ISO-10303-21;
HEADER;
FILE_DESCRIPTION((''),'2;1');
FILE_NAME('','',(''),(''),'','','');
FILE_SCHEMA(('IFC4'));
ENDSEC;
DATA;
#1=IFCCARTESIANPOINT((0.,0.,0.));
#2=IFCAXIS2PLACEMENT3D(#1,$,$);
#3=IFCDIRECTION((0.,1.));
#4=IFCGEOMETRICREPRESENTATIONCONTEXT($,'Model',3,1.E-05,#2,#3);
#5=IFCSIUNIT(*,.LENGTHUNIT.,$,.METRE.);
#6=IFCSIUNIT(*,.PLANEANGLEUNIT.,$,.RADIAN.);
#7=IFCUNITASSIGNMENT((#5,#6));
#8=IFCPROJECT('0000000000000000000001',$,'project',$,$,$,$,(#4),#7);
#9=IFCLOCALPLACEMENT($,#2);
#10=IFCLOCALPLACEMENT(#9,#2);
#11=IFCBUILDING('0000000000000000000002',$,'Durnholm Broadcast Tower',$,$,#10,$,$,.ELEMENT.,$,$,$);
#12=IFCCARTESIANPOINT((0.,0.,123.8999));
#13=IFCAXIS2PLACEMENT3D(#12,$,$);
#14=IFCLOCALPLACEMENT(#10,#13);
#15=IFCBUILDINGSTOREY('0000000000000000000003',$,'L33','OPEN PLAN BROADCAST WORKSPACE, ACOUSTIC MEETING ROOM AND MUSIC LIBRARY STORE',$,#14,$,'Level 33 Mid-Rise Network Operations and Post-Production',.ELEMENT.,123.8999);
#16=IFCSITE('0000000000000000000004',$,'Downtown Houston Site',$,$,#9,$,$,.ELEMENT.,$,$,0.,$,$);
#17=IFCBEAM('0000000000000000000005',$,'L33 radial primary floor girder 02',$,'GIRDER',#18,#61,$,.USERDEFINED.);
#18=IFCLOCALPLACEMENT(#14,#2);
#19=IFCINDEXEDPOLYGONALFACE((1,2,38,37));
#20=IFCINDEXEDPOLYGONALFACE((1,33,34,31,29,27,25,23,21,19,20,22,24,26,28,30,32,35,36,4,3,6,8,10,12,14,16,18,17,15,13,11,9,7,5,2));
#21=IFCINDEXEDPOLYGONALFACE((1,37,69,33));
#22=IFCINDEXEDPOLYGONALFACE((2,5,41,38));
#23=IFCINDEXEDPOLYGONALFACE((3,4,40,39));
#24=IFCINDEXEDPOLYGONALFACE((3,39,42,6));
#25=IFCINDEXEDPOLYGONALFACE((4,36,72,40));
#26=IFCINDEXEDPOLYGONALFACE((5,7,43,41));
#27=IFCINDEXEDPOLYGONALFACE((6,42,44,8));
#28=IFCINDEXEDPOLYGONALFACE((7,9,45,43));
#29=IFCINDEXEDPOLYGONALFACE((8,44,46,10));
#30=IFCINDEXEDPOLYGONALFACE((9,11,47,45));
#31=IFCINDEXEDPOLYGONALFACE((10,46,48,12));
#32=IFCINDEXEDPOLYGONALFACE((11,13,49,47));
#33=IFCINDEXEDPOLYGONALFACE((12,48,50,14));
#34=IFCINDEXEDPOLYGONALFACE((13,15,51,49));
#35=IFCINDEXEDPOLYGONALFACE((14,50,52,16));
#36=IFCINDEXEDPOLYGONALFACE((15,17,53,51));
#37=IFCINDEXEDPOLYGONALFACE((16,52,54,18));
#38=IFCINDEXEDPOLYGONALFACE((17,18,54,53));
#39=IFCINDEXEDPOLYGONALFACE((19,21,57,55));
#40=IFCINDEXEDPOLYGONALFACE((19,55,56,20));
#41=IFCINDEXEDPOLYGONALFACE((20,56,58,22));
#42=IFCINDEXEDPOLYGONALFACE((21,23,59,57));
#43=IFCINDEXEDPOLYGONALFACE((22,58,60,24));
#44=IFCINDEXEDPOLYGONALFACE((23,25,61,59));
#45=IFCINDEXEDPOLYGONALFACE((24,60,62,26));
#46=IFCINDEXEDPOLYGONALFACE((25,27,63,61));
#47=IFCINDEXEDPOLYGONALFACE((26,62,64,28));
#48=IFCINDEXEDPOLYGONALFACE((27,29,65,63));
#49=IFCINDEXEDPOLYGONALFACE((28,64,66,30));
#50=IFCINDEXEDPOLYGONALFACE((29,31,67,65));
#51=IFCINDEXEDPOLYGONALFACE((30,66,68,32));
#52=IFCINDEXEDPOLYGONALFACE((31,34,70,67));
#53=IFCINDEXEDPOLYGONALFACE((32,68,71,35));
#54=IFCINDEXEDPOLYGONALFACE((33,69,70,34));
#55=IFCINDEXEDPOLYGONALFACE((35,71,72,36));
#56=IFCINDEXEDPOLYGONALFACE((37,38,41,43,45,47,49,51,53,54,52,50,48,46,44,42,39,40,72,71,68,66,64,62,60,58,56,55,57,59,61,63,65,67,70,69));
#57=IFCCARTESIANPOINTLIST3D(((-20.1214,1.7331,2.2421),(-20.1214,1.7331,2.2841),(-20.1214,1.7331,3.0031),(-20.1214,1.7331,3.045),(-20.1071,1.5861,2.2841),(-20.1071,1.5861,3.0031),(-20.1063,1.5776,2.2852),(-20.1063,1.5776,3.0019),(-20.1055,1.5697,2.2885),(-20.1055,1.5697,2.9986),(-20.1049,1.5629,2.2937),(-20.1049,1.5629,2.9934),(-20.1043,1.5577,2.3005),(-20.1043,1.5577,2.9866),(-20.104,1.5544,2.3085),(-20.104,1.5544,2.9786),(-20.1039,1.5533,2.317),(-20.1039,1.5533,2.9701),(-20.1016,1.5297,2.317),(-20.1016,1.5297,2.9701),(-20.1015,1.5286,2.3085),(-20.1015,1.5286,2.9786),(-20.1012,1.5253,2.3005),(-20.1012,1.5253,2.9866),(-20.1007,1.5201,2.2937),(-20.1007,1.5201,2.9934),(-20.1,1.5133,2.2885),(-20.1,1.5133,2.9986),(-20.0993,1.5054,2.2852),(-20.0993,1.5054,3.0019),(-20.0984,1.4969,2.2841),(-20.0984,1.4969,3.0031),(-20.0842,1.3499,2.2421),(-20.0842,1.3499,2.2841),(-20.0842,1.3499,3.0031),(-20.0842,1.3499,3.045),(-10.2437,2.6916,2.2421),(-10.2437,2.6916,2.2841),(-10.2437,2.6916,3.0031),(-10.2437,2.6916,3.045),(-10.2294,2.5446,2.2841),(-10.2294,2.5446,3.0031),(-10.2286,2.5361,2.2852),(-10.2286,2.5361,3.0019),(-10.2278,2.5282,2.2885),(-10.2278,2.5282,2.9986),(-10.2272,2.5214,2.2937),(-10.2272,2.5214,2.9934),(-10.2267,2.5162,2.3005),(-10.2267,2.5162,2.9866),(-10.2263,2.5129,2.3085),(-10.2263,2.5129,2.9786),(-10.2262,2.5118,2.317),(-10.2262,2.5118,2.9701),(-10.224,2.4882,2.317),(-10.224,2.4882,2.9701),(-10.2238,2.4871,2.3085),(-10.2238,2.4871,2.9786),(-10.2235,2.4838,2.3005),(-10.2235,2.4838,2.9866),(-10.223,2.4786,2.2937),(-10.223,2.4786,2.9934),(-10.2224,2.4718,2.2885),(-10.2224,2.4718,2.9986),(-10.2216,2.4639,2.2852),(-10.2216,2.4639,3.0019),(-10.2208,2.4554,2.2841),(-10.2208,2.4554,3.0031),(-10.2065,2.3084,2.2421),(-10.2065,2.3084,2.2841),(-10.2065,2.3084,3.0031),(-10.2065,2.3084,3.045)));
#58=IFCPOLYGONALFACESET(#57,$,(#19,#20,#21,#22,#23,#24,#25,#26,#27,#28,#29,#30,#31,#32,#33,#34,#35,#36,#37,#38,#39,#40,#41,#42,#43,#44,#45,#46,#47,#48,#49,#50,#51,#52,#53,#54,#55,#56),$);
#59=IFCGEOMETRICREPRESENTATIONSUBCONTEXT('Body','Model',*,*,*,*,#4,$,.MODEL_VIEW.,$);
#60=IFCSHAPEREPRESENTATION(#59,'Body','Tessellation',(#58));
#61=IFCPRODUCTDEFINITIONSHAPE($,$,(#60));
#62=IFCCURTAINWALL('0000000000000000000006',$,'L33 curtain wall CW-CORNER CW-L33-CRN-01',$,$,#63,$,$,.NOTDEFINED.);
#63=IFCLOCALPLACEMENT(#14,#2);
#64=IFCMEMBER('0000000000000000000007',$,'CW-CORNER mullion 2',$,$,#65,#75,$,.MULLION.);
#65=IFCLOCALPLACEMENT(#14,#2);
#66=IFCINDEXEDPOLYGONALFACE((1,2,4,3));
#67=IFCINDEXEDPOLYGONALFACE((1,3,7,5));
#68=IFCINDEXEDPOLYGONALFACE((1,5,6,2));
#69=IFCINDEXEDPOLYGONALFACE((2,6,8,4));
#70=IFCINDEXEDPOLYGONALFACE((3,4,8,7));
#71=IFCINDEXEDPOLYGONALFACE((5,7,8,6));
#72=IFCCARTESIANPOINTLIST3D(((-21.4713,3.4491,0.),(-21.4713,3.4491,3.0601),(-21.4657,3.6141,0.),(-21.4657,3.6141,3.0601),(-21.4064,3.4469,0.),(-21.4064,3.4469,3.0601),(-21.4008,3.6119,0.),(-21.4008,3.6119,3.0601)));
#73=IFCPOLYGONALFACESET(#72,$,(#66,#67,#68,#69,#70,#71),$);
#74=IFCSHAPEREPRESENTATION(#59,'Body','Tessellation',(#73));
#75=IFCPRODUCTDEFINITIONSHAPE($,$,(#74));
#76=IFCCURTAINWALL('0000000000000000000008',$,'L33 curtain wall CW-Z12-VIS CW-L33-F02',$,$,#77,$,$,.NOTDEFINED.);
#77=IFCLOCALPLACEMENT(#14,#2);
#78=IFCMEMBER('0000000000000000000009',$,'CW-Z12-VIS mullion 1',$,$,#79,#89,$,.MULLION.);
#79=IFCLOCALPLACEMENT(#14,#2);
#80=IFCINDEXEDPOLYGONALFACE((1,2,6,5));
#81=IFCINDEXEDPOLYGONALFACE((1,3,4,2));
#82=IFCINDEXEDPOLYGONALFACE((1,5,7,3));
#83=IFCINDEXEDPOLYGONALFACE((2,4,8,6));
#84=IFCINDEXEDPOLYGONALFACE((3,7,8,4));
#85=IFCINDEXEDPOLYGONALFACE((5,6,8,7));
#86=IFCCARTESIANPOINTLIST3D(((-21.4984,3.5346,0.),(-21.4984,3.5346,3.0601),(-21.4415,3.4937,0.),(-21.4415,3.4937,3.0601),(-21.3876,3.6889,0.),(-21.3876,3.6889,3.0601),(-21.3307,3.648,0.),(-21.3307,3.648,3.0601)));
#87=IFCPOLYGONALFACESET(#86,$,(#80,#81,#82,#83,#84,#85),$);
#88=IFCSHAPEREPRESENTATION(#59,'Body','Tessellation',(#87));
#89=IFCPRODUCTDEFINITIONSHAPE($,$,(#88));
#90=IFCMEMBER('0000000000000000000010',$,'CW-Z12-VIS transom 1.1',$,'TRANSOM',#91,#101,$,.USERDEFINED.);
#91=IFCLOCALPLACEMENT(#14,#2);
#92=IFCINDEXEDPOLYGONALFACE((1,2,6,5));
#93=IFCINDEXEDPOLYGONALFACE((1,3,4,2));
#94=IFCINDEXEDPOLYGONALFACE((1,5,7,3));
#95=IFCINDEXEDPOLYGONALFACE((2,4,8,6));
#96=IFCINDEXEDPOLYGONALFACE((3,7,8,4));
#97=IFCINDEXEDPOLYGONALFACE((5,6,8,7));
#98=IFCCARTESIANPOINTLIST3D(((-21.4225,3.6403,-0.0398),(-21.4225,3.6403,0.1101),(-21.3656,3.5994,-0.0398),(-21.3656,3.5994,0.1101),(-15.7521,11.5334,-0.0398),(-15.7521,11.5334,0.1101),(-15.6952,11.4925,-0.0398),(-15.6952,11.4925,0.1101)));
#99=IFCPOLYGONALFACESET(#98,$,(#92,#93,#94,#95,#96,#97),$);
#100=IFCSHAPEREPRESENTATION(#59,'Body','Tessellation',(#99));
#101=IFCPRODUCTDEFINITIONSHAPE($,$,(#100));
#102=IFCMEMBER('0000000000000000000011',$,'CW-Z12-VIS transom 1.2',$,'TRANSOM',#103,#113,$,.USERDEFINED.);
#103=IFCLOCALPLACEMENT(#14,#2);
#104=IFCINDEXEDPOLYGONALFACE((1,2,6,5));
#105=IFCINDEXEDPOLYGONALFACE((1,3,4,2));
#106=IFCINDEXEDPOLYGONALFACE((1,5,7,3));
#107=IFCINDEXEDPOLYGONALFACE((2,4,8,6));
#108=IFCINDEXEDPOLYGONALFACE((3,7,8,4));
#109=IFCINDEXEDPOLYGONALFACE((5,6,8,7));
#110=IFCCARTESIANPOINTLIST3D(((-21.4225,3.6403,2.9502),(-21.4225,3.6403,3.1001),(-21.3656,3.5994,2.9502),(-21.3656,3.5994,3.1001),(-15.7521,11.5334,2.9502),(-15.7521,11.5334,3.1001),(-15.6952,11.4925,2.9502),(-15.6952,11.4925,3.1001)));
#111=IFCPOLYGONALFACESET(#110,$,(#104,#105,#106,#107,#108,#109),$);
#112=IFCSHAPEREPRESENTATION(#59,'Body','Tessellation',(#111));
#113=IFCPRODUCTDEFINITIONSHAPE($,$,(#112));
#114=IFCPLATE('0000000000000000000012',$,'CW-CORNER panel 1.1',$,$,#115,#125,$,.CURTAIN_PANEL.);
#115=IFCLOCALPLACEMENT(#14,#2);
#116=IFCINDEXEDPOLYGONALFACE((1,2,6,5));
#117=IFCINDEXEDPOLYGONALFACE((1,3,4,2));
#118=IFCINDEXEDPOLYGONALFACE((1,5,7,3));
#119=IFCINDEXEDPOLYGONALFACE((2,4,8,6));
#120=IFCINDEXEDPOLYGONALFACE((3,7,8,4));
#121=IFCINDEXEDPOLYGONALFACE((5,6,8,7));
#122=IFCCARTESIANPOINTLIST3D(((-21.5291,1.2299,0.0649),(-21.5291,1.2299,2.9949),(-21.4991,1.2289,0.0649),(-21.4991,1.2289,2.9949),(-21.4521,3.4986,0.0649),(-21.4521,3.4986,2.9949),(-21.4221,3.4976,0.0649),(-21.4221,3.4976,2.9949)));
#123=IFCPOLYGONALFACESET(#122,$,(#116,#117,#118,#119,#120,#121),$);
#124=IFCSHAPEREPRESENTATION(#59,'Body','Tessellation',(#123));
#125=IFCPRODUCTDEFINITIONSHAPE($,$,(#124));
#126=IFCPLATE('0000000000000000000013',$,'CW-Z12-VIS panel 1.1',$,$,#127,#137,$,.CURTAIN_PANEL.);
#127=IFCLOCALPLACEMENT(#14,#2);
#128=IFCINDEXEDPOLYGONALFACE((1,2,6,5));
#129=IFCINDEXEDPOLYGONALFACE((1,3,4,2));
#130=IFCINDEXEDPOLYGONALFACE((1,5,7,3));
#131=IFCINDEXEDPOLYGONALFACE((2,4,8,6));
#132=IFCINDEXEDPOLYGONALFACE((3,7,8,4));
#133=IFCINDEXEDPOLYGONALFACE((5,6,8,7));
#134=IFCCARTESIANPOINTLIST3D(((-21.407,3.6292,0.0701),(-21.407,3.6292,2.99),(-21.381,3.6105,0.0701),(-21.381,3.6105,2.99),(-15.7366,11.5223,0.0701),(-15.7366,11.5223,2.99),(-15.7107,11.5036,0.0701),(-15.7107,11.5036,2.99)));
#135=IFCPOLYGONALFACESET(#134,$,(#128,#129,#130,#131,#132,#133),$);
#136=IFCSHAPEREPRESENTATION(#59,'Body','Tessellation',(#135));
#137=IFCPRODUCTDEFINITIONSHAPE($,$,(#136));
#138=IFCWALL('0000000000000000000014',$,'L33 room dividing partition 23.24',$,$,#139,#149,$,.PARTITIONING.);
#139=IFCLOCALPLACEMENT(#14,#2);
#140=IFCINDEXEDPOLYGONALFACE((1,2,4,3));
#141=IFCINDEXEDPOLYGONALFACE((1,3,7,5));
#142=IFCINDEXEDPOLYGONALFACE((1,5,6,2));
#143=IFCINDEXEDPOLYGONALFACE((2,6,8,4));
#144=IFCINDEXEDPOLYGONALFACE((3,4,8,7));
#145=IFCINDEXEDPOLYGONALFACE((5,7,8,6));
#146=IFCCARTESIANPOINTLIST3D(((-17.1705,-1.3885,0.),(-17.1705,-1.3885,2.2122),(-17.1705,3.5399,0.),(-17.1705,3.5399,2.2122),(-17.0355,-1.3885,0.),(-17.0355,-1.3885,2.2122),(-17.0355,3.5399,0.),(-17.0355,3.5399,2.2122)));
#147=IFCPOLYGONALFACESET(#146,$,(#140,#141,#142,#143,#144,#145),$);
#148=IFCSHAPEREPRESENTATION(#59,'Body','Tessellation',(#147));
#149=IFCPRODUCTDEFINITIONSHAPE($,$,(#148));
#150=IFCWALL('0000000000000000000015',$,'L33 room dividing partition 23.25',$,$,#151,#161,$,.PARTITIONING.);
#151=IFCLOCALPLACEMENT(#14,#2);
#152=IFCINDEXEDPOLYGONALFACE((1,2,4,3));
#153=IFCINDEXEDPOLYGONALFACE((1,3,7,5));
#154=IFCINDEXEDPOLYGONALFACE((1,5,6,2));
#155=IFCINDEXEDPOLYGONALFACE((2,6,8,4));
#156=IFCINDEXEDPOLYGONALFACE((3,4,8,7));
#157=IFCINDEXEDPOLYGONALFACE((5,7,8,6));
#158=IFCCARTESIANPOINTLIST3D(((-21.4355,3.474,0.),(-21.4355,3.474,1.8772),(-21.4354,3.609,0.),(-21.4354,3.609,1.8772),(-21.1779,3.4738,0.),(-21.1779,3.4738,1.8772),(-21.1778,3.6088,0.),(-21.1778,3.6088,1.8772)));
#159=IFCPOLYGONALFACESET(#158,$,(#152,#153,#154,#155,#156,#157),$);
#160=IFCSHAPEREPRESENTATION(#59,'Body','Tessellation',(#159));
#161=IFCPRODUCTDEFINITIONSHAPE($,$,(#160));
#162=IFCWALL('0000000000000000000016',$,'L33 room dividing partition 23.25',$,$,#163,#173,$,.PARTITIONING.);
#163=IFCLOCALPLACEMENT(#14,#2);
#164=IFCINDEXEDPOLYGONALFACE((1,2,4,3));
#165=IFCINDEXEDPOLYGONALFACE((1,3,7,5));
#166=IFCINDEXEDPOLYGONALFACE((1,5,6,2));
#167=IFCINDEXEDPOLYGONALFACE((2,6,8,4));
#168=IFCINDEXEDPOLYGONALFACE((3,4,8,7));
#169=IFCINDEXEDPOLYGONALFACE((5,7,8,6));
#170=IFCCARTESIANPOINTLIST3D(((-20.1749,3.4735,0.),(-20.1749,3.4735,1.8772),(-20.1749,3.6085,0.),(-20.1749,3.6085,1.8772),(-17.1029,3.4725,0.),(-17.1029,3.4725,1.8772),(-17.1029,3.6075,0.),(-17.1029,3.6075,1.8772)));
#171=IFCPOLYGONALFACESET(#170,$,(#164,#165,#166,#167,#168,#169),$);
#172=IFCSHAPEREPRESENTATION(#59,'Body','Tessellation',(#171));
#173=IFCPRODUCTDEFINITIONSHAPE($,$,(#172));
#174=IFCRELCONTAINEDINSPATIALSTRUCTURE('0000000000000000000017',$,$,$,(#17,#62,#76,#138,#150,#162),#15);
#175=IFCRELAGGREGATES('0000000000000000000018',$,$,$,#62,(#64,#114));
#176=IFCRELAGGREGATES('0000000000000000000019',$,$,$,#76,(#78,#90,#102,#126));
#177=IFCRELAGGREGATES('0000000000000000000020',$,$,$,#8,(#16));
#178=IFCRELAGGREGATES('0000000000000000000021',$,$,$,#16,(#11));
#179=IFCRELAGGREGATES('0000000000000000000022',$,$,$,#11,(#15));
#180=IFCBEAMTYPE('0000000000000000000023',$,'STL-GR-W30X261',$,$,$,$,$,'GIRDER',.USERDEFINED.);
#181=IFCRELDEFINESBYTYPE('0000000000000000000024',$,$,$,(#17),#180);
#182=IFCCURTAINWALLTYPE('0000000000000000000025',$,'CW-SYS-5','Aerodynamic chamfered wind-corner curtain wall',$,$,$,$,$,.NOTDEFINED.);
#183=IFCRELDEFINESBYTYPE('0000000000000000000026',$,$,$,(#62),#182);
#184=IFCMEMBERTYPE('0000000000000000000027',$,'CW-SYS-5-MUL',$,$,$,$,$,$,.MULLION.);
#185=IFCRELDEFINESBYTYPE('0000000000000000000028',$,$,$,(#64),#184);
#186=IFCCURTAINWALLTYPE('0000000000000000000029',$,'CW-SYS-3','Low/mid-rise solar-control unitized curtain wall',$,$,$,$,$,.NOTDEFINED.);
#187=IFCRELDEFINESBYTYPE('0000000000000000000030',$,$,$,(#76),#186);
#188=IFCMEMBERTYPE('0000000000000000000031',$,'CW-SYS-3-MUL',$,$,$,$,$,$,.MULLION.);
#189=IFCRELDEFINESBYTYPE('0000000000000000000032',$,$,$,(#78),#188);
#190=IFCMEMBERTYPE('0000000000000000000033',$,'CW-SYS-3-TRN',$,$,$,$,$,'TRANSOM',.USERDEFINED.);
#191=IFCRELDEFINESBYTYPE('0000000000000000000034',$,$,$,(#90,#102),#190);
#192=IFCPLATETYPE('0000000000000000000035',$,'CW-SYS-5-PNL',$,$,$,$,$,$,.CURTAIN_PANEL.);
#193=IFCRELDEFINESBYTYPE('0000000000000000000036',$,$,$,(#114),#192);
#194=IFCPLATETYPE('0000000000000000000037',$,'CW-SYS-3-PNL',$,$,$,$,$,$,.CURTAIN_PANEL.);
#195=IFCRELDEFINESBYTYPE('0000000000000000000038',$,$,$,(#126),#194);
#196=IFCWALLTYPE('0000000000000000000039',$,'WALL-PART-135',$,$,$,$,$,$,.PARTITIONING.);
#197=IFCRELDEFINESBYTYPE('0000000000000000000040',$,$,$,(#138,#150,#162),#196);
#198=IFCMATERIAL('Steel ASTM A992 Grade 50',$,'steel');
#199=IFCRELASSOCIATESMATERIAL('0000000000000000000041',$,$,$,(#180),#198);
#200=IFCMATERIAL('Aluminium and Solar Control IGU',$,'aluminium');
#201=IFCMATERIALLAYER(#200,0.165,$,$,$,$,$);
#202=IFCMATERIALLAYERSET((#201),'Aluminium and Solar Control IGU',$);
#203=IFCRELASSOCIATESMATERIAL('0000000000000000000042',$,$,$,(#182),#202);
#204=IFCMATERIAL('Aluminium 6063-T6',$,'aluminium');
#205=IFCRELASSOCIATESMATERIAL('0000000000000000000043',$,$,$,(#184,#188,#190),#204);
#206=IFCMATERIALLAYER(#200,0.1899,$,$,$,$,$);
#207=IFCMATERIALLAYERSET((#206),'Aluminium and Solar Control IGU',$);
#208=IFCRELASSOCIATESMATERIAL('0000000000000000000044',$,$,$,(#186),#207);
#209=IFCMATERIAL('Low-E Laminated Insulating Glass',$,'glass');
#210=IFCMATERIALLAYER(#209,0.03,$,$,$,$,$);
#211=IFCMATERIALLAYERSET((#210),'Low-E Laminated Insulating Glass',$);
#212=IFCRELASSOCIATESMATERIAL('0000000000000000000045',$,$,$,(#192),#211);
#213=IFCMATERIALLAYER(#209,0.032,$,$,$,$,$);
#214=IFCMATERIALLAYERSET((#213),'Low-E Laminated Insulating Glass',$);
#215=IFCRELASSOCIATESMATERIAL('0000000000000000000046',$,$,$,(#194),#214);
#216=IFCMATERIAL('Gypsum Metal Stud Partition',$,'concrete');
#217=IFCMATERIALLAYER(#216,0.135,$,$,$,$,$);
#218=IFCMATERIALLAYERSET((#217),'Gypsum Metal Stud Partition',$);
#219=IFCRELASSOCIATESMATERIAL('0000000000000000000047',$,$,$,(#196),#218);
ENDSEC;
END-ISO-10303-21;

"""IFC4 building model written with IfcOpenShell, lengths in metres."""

from ifc_helpers import new_model, si_unit, direction, frame, frame_2d, origin, origin_2d, place, context, subcontext, project, spatial, rectangle, i_section, extrude, source, transform, mapped, material, layer, layer_set, material_profile, profile_set, type_object, type_shapes, element, aggregate, save


model = new_model("IFC4")

# Units and contexts
model_context = context("Model", 3, precision=1e-05, world=origin(), true_north=direction((0.0, 1.0)))
body_context = subcontext(model_context, "Body", "Model", "MODEL_VIEW")
ifc_project = project(units=[si_unit("LENGTHUNIT", "METRE"), si_unit("PLANEANGLEUNIT", "RADIAN")], contexts=[model_context])

# Site, building, storey
site_placement = place(None, origin())
site = spatial("IfcSite", under=ifc_project, at=site_placement, Name="Downtown Houston Site", CompositionType="ELEMENT", RefElevation=0.0)
building_placement = place(site_placement, origin())
building = spatial("IfcBuilding", under=site, at=building_placement, Name="Durnholm Broadcast Tower", CompositionType="ELEMENT")
storey_placement = place(building_placement, frame((0.0, 0.0, 123.8999)))
storey = spatial("IfcBuildingStorey", under=building, at=storey_placement, Name="L33", Description="OPEN PLAN BROADCAST WORKSPACE, ACOUSTIC MEETING ROOM AND MUSIC LIBRARY STORE", LongName="Level 33 Mid-Rise Network Operations and Post-Production", CompositionType="ELEMENT", Elevation=123.8999)

# Beam
ifc_material_1 = material(Name="Steel ASTM A992 Grade 50", Category="steel")
ifc_material_profile_1 = material_profile(ifc_material_1, i_section(OverallWidth=0.385, OverallDepth=0.803, WebThickness=0.0237, FlangeThickness=0.042, FilletRadius=0.033, at=origin_2d()), Name="W30X261")
ifc_profile_set_1 = profile_set([ifc_material_profile_1], Name="Steel ASTM A992 Grade 50")
beam_type_1 = type_object("IfcBeamType", Name="STL-GR-W30X261", ElementType="GIRDER", PredefinedType="USERDEFINED", material=ifc_profile_set_1)
shared_shape_1 = source(origin(), body_context, "Body", "SweptSolid", [
    extrude(i_section(OverallWidth=0.385, OverallDepth=0.803, WebThickness=0.0237, FlangeThickness=0.042, FilletRadius=0.033, at=origin_2d()), origin(), (0.0, 0.0, 1.0), 9.9241),
])
type_shapes(beam_type_1, [shared_shape_1])
beam_1_placement = place(storey_placement, frame((-10.2251, 2.5, 2.6436), z_axis=(-0.995325, -0.096583, 0.0), x_axis=(0.096583, -0.995325, 0.0)))
element("IfcBeam", 1, at=beam_1_placement, inside=storey, type_object=beam_type_1, Name="L33 radial primary floor girder 02", ObjectType="GIRDER", PredefinedType="USERDEFINED", context=body_context, shape_type="MappedRepresentation", body=[
    mapped(shared_shape_1, transform((0.0, 0.0, 0.0), x_axis=(1.0, 0.0, 0.0), y_axis=(0.0, 1.0, 0.0), z_axis=(0.0, 0.0, 1.0), scale=1.0)),
])

# Curtain wall, member
ifc_material_2 = material(Name="Aluminium and Solar Control IGU", Category="aluminium")
ifc_layer_1 = layer(ifc_material_2, 0.165)
ifc_layer_set_1 = layer_set([ifc_layer_1], Name="Aluminium and Solar Control IGU")
curtain_wall_type_1 = type_object("IfcCurtainWallType", Name="CW-SYS-5", Description="Aerodynamic chamfered wind-corner curtain wall", PredefinedType="NOTDEFINED", material=ifc_layer_set_1)
curtain_wall_1_placement = place(storey_placement, origin())
curtain_wall_1 = element("IfcCurtainWall", 2, at=curtain_wall_1_placement, inside=storey, type_object=curtain_wall_type_1, Name="L33 curtain wall CW-CORNER CW-L33-CRN-01", PredefinedType="NOTDEFINED")
ifc_material_3 = material(Name="Aluminium 6063-T6", Category="aluminium")
ifc_material_profile_2 = material_profile(ifc_material_3, rectangle(XDim=0.0649, YDim=0.165, at=origin_2d()), Name="CWM65X165")
ifc_profile_set_2 = profile_set([ifc_material_profile_2], Name="Aluminium 6063-T6")
member_type_1 = type_object("IfcMemberType", Name="CW-SYS-5-MUL", PredefinedType="MULLION", material=ifc_profile_set_2)
shared_shape_2 = source(origin(), body_context, "Body", "SweptSolid", [
    extrude(rectangle(XDim=0.0649, YDim=0.165, at=origin_2d()), origin(), (0.0, 0.0, 1.0), 3.0601),
])
type_shapes(member_type_1, [shared_shape_2])
member_1_placement = place(storey_placement, frame((-21.436, 3.5305, 0.0), z_axis=(0.0, 0.0, 1.0), x_axis=(-0.999425, 0.033917, 0.0)))
member_1 = element("IfcMember", 3, at=member_1_placement, type_object=member_type_1, Name="CW-CORNER mullion 2", PredefinedType="MULLION", context=body_context, shape_type="MappedRepresentation", body=[
    mapped(shared_shape_2, transform((0.0, 0.0, 0.0), x_axis=(1.0, 0.0, 0.0), y_axis=(0.0, 1.0, 0.0), z_axis=(0.0, 0.0, 1.0), scale=1.0)),
])

# Curtain wall, members
ifc_layer_2 = layer(ifc_material_2, 0.1899)
ifc_layer_set_2 = layer_set([ifc_layer_2], Name="Aluminium and Solar Control IGU")
curtain_wall_type_2 = type_object("IfcCurtainWallType", Name="CW-SYS-3", Description="Low/mid-rise solar-control unitized curtain wall", PredefinedType="NOTDEFINED", material=ifc_layer_set_2)
curtain_wall_2_placement = place(storey_placement, origin())
curtain_wall_2 = element("IfcCurtainWall", 4, at=curtain_wall_2_placement, inside=storey, type_object=curtain_wall_type_2, Name="L33 curtain wall CW-Z12-VIS CW-L33-F02", PredefinedType="NOTDEFINED")
ifc_material_profile_3 = material_profile(ifc_material_3, rectangle(XDim=0.0701, YDim=0.1899, at=origin_2d()), Name="CWM70X190")
ifc_profile_set_3 = profile_set([ifc_material_profile_3], Name="Aluminium 6063-T6")
member_type_2 = type_object("IfcMemberType", Name="CW-SYS-3-MUL", PredefinedType="MULLION", material=ifc_profile_set_3)
shared_shape_3 = source(origin(), body_context, "Body", "SweptSolid", [
    extrude(rectangle(XDim=0.0701, YDim=0.1899, at=origin_2d()), origin(), (0.0, 0.0, 1.0), 3.0601),
])
type_shapes(member_type_2, [shared_shape_3])
member_2_placement = place(storey_placement, frame((-21.4146, 3.5913, 0.0), z_axis=(0.0, 0.0, 1.0), x_axis=(-0.812152, 0.583445, 0.0)))
member_2 = element("IfcMember", 5, at=member_2_placement, type_object=member_type_2, Name="CW-Z12-VIS mullion 1", PredefinedType="MULLION", context=body_context, shape_type="MappedRepresentation", body=[
    mapped(shared_shape_3, transform((0.0, 0.0, 0.0), x_axis=(1.0, 0.0, 0.0), y_axis=(0.0, 1.0, 0.0), z_axis=(0.0, 0.0, 1.0), scale=1.0)),
])
ifc_material_profile_4 = material_profile(ifc_material_3, rectangle(XDim=0.0701, YDim=0.1499, at=origin_2d()), Name="CWT70X150")
ifc_profile_set_4 = profile_set([ifc_material_profile_4], Name="Aluminium 6063-T6")
member_type_3 = type_object("IfcMemberType", Name="CW-SYS-3-TRN", ElementType="TRANSOM", PredefinedType="USERDEFINED", material=ifc_profile_set_4)
shared_shape_4 = source(origin(), body_context, "Body", "SweptSolid", [
    extrude(rectangle(XDim=0.0701, YDim=0.1499, at=origin_2d()), origin(), (0.0, 0.0, 1.0), 9.7188),
])
type_shapes(member_type_3, [shared_shape_4])
member_3_placement = place(storey_placement, frame((-21.394, 3.6199, 0.0352), z_axis=(0.583451, 0.812149, 0.0), x_axis=(-0.812149, 0.583451, 0.0)))
member_3 = element("IfcMember", 6, at=member_3_placement, type_object=member_type_3, Name="CW-Z12-VIS transom 1.1", ObjectType="TRANSOM", PredefinedType="USERDEFINED", context=body_context, shape_type="MappedRepresentation", body=[
    mapped(shared_shape_4, transform((0.0, 0.0, 0.0), x_axis=(1.0, 0.0, 0.0), y_axis=(0.0, 1.0, 0.0), z_axis=(0.0, 0.0, 1.0), scale=1.0)),
])
member_4_placement = place(storey_placement, frame((-21.394, 3.6199, 3.0251), z_axis=(0.583451, 0.812149, 0.0), x_axis=(-0.812149, 0.583451, 0.0)))
member_4 = element("IfcMember", 7, at=member_4_placement, type_object=member_type_3, Name="CW-Z12-VIS transom 1.2", ObjectType="TRANSOM", PredefinedType="USERDEFINED", context=body_context, shape_type="MappedRepresentation", body=[
    mapped(shared_shape_4, transform((0.0, 0.0, 0.0), x_axis=(1.0, 0.0, 0.0), y_axis=(0.0, 1.0, 0.0), z_axis=(0.0, 0.0, 1.0), scale=1.0)),
])

# Plates
ifc_material_4 = material(Name="Low-E Laminated Insulating Glass", Category="glass")
ifc_layer_3 = layer(ifc_material_4, 0.03)
ifc_layer_set_3 = layer_set([ifc_layer_3], Name="Low-E Laminated Insulating Glass")
plate_type_1 = type_object("IfcPlateType", Name="CW-SYS-5-PNL", PredefinedType="CURTAIN_PANEL", material=ifc_layer_set_3)
shared_shape_5 = source(origin(), body_context, "Body", "SweptSolid", [
    extrude(rectangle(XDim=2.27, YDim=0.03, at=origin_2d()), origin(), (0.0, 0.0, 1.0), 2.9299),
])
type_shapes(plate_type_1, [shared_shape_5])
plate_1_placement = place(storey_placement, frame((-21.4756, 2.3638, 0.0649), z_axis=(0.0, 0.0, 1.0), x_axis=(0.033917, 0.999425, 0.0)))
plate_1 = element("IfcPlate", 8, at=plate_1_placement, type_object=plate_type_1, Name="CW-CORNER panel 1.1", PredefinedType="CURTAIN_PANEL", context=body_context, shape_type="MappedRepresentation", body=[
    mapped(shared_shape_5, transform((0.0, 0.0, 0.0), x_axis=(1.0, 0.0, 0.0), y_axis=(0.0, 1.0, 0.0), z_axis=(0.0, 0.0, 1.0), scale=1.0)),
])
aggregate(curtain_wall_1, [member_1, plate_1])
ifc_layer_4 = layer(ifc_material_4, 0.032)
ifc_layer_set_4 = layer_set([ifc_layer_4], Name="Low-E Laminated Insulating Glass")
plate_type_2 = type_object("IfcPlateType", Name="CW-SYS-3-PNL", PredefinedType="CURTAIN_PANEL", material=ifc_layer_set_4)
shared_shape_6 = source(origin(), body_context, "Body", "SweptSolid", [
    extrude(rectangle(XDim=9.7188, YDim=0.032, at=origin_2d()), origin(), (0.0, 0.0, 1.0), 2.9199),
])
type_shapes(plate_type_2, [shared_shape_6])
plate_2_placement = place(storey_placement, frame((-18.5588, 7.5664, 0.0701), z_axis=(0.0, 0.0, 1.0), x_axis=(0.583445, 0.812152, 0.0)))
plate_2 = element("IfcPlate", 9, at=plate_2_placement, type_object=plate_type_2, Name="CW-Z12-VIS panel 1.1", PredefinedType="CURTAIN_PANEL", context=body_context, shape_type="MappedRepresentation", body=[
    mapped(shared_shape_6, transform((0.0, 0.0, 0.0), x_axis=(1.0, 0.0, 0.0), y_axis=(0.0, 1.0, 0.0), z_axis=(0.0, 0.0, 1.0), scale=1.0)),
])
aggregate(curtain_wall_2, [member_2, member_3, member_4, plate_2])

# Walls
ifc_material_5 = material(Name="Gypsum Metal Stud Partition", Category="concrete")
ifc_layer_5 = layer(ifc_material_5, 0.135)
ifc_layer_set_5 = layer_set([ifc_layer_5], Name="Gypsum Metal Stud Partition")
wall_type_1 = type_object("IfcWallType", Name="WALL-PART-135", PredefinedType="PARTITIONING", material=ifc_layer_set_5)
wall_1_placement = place(storey_placement, frame((-17.103, 3.54, 0.0), z_axis=(0.0, 0.0, 1.0), x_axis=(0.0, -1.0, 0.0)))
element("IfcWall", 10, at=wall_1_placement, inside=storey, type_object=wall_type_1, Name="L33 room dividing partition 23.24", PredefinedType="PARTITIONING", context=body_context, shape_type="SweptSolid", body=[
    extrude(rectangle(XDim=4.9285, YDim=0.135, at=frame_2d((2.4644, 0.0))), origin(), (0.0, 0.0, 1.0), 2.2122),
])
wall_2_placement = place(storey_placement, frame((-21.4355, 3.5415, 0.0), z_axis=(0.0, 0.0, 1.0), x_axis=(1.0, -0.000948, 0.0)))
element("IfcWall", 11, at=wall_2_placement, inside=storey, type_object=wall_type_1, Name="L33 room dividing partition 23.25", PredefinedType="PARTITIONING", context=body_context, shape_type="SweptSolid", body=[
    extrude(rectangle(XDim=0.2576, YDim=0.135, at=frame_2d((0.1289, 0.0))), origin(), (0.0, 0.0, 1.0), 1.8772),
])
wall_3_placement = place(storey_placement, frame((-20.175, 3.541, 0.0), z_axis=(0.0, 0.0, 1.0), x_axis=(1.0, -0.000318, 0.0)))
element("IfcWall", 12, at=wall_3_placement, inside=storey, type_object=wall_type_1, Name="L33 room dividing partition 23.25", PredefinedType="PARTITIONING", context=body_context, shape_type="SweptSolid", body=[
    extrude(rectangle(XDim=3.072, YDim=0.135, at=frame_2d((1.5361, 0.0))), origin(), (0.0, 0.0, 1.0), 1.8772),
])

save(model, "model.ifc")
